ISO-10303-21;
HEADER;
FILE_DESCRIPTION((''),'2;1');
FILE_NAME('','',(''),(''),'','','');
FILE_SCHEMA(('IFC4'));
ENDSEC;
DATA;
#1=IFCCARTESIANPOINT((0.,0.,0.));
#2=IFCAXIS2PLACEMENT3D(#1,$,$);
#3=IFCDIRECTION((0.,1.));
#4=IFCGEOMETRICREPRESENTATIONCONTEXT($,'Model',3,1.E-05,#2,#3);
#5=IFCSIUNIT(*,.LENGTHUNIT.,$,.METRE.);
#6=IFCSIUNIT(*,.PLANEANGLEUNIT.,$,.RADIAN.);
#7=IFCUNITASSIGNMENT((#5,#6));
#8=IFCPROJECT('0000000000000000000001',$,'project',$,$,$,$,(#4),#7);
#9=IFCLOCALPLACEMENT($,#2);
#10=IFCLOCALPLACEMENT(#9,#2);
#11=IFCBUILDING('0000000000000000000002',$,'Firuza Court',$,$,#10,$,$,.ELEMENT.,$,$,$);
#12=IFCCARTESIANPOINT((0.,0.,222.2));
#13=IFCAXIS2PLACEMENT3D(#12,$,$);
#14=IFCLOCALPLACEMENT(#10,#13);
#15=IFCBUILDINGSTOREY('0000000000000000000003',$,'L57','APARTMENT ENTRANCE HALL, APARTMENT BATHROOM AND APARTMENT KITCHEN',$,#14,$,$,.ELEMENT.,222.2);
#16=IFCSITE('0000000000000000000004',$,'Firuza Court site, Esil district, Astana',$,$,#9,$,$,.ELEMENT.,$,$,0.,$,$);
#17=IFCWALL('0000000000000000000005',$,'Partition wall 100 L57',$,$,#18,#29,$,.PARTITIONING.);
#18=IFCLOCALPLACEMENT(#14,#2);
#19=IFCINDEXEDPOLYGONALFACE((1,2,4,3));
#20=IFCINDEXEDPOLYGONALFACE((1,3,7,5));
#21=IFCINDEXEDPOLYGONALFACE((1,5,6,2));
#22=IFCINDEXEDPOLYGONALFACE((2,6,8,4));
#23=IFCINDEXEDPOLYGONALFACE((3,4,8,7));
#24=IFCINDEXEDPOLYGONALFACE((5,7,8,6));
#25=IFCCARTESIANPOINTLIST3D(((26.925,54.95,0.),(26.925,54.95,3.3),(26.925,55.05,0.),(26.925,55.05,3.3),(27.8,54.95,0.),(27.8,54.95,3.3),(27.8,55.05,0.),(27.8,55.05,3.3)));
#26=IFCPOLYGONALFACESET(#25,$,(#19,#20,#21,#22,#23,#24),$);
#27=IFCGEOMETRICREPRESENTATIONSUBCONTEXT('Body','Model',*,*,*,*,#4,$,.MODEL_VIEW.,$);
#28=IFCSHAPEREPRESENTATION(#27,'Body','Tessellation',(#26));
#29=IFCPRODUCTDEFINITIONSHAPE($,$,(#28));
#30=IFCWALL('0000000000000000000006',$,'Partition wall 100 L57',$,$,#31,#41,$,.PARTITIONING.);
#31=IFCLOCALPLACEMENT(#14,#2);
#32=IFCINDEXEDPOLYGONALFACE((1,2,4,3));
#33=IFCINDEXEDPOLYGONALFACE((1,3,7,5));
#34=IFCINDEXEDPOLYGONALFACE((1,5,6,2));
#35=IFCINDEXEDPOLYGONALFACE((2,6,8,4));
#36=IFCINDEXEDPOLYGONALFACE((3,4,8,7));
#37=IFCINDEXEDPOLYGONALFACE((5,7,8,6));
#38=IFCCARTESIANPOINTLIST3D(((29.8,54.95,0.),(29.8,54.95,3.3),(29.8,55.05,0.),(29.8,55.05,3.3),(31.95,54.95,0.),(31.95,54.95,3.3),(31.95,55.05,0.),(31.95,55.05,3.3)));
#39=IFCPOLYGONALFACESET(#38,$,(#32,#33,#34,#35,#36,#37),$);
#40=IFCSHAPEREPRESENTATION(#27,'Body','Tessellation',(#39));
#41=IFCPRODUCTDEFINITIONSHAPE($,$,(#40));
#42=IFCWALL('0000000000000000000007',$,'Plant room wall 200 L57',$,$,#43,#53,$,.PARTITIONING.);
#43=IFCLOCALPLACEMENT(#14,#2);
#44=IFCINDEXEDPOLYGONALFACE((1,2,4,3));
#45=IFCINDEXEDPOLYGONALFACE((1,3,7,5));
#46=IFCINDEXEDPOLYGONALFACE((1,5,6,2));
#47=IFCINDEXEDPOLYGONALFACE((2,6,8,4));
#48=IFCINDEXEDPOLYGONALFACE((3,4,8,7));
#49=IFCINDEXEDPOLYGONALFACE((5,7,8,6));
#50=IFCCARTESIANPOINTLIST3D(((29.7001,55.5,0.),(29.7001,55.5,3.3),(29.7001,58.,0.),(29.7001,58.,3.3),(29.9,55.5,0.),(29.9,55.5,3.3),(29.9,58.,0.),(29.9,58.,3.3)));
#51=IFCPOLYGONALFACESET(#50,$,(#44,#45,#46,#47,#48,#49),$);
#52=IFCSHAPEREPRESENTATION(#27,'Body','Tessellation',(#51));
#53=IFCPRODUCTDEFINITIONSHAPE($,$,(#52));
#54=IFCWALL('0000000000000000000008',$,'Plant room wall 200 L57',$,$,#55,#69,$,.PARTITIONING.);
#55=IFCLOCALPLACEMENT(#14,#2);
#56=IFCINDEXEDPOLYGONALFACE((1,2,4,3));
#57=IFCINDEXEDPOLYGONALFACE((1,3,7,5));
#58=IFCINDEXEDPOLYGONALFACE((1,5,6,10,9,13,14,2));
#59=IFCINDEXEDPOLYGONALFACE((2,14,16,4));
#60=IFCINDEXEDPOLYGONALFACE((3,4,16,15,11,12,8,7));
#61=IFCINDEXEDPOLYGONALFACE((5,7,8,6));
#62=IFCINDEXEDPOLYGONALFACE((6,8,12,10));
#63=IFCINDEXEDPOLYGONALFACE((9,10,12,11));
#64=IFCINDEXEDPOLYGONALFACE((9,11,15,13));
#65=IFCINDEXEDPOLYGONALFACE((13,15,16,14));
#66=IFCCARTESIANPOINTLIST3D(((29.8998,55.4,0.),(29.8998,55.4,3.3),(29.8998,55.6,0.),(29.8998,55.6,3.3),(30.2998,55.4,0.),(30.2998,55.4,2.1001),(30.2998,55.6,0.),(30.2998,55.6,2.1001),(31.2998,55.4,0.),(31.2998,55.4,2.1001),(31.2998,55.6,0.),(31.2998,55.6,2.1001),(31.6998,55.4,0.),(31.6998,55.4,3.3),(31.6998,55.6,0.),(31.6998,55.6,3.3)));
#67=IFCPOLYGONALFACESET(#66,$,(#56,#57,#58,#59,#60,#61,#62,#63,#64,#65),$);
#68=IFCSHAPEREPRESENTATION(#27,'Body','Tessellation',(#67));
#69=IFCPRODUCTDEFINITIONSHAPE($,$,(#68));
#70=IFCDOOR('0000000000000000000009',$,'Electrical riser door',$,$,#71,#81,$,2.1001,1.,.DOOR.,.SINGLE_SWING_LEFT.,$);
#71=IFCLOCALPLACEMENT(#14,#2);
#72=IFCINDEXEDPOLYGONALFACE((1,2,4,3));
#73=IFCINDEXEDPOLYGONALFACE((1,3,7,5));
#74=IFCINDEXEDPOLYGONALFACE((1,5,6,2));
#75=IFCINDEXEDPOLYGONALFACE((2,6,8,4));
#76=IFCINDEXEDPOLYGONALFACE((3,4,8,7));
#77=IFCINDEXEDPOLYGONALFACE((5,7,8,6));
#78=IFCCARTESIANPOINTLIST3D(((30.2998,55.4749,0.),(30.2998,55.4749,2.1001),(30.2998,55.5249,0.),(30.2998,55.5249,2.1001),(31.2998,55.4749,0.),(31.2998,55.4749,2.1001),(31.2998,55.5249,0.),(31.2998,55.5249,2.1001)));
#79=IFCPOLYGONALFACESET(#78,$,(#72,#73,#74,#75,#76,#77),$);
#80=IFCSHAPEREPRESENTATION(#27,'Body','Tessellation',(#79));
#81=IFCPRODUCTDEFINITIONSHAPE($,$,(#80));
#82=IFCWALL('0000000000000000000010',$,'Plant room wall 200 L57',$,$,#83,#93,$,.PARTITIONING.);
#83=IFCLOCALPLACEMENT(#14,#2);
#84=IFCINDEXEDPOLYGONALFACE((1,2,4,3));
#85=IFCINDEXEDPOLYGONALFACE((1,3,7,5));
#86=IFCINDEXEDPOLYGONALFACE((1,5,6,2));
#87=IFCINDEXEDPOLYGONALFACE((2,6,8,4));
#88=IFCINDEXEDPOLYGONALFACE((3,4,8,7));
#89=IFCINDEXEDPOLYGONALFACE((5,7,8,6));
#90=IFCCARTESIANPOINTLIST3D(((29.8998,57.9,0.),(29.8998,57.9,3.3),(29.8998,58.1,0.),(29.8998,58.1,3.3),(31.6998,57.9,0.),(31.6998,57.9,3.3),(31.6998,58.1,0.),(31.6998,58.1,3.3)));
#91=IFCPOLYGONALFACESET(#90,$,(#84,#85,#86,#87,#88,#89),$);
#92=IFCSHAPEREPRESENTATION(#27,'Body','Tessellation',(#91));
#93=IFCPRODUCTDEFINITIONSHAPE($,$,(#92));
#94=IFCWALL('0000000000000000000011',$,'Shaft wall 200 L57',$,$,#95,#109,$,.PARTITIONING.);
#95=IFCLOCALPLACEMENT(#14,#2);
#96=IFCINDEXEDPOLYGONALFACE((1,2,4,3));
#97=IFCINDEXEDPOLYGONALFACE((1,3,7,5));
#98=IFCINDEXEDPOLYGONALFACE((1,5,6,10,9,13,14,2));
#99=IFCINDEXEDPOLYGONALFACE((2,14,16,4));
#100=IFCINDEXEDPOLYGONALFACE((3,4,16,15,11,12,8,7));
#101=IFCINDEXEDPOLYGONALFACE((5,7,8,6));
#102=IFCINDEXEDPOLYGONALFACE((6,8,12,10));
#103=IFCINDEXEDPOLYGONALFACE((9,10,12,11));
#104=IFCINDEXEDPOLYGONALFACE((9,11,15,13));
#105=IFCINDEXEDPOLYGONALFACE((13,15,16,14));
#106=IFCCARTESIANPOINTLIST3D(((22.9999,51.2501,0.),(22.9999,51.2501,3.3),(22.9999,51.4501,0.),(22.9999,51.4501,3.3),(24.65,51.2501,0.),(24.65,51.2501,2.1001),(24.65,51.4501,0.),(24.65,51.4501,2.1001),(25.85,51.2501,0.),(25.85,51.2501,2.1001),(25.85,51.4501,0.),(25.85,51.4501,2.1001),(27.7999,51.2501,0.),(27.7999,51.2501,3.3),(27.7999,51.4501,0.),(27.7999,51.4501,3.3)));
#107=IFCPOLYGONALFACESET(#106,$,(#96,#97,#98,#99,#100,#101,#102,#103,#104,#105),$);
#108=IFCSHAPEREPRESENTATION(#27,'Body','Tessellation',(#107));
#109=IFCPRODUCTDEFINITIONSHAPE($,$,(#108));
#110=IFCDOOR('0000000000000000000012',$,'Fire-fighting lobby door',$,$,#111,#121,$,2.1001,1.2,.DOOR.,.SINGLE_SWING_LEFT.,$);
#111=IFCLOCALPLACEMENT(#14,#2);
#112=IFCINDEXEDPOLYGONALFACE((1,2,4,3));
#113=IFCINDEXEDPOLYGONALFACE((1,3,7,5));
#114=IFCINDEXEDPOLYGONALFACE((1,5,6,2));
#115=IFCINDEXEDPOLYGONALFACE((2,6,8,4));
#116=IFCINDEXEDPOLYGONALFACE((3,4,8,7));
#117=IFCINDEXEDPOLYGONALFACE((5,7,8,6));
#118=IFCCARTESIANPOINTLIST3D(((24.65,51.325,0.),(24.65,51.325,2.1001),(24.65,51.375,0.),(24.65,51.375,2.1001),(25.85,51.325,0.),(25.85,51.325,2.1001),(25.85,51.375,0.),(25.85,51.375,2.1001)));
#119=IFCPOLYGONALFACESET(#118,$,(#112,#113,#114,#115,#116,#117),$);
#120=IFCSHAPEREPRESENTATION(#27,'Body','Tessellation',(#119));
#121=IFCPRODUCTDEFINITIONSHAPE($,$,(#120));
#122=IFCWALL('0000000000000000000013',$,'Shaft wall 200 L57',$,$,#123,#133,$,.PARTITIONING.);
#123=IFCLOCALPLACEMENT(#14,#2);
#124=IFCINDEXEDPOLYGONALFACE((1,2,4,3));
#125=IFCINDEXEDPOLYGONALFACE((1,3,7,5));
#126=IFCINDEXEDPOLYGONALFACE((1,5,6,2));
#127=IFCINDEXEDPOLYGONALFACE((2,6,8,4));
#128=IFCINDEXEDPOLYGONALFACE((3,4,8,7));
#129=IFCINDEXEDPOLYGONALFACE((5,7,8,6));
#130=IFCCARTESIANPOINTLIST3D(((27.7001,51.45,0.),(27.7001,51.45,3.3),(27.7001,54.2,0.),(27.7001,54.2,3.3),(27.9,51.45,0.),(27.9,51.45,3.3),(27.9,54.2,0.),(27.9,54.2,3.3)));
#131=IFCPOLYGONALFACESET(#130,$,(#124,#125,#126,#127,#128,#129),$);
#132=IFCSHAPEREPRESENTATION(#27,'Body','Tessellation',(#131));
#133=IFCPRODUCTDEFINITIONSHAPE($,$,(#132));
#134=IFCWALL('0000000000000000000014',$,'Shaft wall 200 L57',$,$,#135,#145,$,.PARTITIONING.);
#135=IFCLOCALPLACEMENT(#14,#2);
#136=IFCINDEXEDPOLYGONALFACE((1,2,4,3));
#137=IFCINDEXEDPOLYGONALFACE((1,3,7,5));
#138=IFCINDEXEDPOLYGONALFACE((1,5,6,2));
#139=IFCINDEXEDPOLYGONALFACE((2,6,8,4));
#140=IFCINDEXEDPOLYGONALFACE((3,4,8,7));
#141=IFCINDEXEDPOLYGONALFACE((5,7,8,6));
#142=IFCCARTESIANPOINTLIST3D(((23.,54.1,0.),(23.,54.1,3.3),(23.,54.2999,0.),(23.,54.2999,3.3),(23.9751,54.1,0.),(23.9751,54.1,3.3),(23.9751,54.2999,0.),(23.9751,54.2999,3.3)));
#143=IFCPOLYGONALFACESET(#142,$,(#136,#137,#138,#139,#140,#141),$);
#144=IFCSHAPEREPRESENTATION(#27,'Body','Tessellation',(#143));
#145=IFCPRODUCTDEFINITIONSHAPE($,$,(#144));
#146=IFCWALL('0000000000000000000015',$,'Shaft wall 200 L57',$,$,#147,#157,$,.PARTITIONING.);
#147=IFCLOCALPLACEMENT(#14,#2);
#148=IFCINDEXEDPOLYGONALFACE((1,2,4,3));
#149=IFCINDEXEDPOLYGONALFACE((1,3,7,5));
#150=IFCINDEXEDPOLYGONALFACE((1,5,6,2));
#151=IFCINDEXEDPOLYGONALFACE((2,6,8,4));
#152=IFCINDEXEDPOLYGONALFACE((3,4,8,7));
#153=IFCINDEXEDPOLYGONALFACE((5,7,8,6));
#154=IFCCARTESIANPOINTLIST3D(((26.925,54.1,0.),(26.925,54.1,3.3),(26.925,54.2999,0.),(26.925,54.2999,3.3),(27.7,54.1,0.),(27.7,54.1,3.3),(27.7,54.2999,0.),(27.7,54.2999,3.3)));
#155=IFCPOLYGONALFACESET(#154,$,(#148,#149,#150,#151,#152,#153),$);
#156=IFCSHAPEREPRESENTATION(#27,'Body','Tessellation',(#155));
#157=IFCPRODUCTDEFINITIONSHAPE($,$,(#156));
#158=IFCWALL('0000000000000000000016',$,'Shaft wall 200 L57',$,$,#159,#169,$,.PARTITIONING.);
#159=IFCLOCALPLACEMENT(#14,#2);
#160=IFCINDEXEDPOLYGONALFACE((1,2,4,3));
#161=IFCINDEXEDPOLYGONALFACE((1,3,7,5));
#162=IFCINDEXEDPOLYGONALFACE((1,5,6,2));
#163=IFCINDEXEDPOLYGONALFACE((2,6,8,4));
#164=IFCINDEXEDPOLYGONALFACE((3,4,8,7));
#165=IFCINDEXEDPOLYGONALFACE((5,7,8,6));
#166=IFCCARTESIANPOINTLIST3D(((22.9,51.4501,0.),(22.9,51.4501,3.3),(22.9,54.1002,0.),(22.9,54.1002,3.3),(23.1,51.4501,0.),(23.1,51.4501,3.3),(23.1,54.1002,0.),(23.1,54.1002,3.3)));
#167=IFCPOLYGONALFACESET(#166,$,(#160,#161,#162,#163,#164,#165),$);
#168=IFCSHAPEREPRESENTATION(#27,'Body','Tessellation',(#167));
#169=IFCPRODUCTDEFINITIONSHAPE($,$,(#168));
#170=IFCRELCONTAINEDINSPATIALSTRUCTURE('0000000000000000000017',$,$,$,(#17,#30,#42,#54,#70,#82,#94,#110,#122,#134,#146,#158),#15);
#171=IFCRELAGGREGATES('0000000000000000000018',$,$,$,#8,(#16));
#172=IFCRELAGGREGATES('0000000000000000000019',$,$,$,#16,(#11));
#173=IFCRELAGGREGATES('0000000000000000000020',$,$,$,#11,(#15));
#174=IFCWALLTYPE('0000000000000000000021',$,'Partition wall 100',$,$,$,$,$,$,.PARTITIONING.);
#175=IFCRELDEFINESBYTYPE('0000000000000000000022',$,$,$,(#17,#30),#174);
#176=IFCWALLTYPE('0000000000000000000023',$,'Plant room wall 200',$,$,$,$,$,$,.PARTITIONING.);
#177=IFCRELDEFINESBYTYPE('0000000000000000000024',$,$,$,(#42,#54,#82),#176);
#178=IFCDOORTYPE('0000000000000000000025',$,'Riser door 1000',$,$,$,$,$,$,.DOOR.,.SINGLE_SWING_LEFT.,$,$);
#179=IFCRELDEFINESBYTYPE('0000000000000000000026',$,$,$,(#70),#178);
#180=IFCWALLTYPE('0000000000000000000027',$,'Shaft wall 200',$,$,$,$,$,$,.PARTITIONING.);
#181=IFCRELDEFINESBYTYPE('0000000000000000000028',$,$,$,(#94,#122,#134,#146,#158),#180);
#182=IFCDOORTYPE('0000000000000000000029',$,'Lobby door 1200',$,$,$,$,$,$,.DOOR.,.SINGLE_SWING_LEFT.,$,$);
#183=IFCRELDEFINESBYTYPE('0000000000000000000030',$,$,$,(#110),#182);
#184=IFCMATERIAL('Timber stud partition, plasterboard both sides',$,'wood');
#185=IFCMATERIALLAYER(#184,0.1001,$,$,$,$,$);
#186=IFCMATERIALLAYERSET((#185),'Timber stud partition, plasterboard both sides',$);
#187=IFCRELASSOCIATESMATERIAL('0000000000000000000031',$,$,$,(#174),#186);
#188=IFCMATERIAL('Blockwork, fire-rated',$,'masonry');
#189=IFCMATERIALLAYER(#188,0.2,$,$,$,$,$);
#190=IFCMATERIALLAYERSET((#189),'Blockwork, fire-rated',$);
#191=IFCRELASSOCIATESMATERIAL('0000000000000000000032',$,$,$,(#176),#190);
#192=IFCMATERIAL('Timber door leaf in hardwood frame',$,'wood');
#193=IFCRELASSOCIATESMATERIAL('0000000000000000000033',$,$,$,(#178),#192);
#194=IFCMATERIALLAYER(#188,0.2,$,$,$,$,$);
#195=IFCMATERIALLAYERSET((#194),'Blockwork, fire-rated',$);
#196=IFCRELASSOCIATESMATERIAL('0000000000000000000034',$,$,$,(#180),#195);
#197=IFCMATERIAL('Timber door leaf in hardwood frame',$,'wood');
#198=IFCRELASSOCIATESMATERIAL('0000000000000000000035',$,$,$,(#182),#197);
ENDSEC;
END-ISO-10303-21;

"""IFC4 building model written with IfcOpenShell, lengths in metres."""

from ifc_helpers import new_model, si_unit, direction, frame, frame_2d, origin, place, context, subcontext, project, spatial, rectangle, extrude, material, layer, layer_set, type_object, element, fill, save


model = new_model("IFC4")

# Units and contexts
model_context = context("Model", 3, precision=1e-05, world=origin(), true_north=direction((0.0, 1.0)))
body_context = subcontext(model_context, "Body", "Model", "MODEL_VIEW")
ifc_project = project(units=[si_unit("LENGTHUNIT", "METRE"), si_unit("PLANEANGLEUNIT", "RADIAN")], contexts=[model_context])

# Site, building, storey
site_placement = place(None, origin())
site = spatial("IfcSite", under=ifc_project, at=site_placement, Name="Firuza Court site, Esil district, Astana", CompositionType="ELEMENT", RefElevation=0.0)
building_placement = place(site_placement, origin())
building = spatial("IfcBuilding", under=site, at=building_placement, Name="Firuza Court", CompositionType="ELEMENT")
storey_placement = place(building_placement, frame((0.0, 0.0, 222.2)))
storey = spatial("IfcBuildingStorey", under=building, at=storey_placement, Name="L57", Description="APARTMENT ENTRANCE HALL, APARTMENT BATHROOM AND APARTMENT KITCHEN", CompositionType="ELEMENT", Elevation=222.2)

# Walls
ifc_material_1 = material(Name="Timber stud partition, plasterboard both sides", Category="wood")
ifc_layer_1 = layer(ifc_material_1, 0.1001)
ifc_layer_set_1 = layer_set([ifc_layer_1], Name="Timber stud partition, plasterboard both sides")
wall_type_1 = type_object("IfcWallType", Name="Partition wall 100", PredefinedType="PARTITIONING", material=ifc_layer_set_1)
wall_1_placement = place(storey_placement, frame((26.925, 55.0, 0.0), z_axis=(0.0, 0.0, 1.0), x_axis=(1.0, 0.0, 0.0)))
element("IfcWall", 1, at=wall_1_placement, inside=storey, type_object=wall_type_1, Name="Partition wall 100 L57", PredefinedType="PARTITIONING", context=body_context, shape_type="SweptSolid", body=[
    extrude(rectangle(XDim=0.875, YDim=0.1001, at=frame_2d((0.4375, 0.0))), origin(), (0.0, 0.0, 1.0), 3.3),
])
wall_2_placement = place(storey_placement, frame((29.8, 55.0, 0.0), z_axis=(0.0, 0.0, 1.0), x_axis=(1.0, 0.0, 0.0)))
element("IfcWall", 2, at=wall_2_placement, inside=storey, type_object=wall_type_1, Name="Partition wall 100 L57", PredefinedType="PARTITIONING", context=body_context, shape_type="SweptSolid", body=[
    extrude(rectangle(XDim=2.1499, YDim=0.1001, at=frame_2d((1.075, 0.0))), origin(), (0.0, 0.0, 1.0), 3.3),
])
ifc_material_2 = material(Name="Blockwork, fire-rated", Category="masonry")
ifc_layer_2 = layer(ifc_material_2, 0.2)
ifc_layer_set_2 = layer_set([ifc_layer_2], Name="Blockwork, fire-rated")
wall_type_2 = type_object("IfcWallType", Name="Plant room wall 200", PredefinedType="PARTITIONING", material=ifc_layer_set_2)
wall_3_placement = place(storey_placement, frame((29.8, 55.5, 0.0), z_axis=(0.0, 0.0, 1.0), x_axis=(0.0, 1.0, 0.0)))
element("IfcWall", 3, at=wall_3_placement, inside=storey, type_object=wall_type_2, Name="Plant room wall 200 L57", PredefinedType="PARTITIONING", context=body_context, shape_type="SweptSolid", body=[
    extrude(rectangle(XDim=2.5, YDim=0.2, at=frame_2d((1.25, 0.0))), origin(), (0.0, 0.0, 1.0), 3.3),
])

# Wall, opening, door
wall_4_placement = place(storey_placement, frame((29.8999, 55.5, 0.0), z_axis=(0.0, 0.0, 1.0), x_axis=(1.0, 0.0, 0.0)))
wall_4 = element("IfcWall", 4, at=wall_4_placement, inside=storey, type_object=wall_type_2, Name="Plant room wall 200 L57", PredefinedType="PARTITIONING", context=body_context, shape_type="SweptSolid", body=[
    extrude(rectangle(XDim=1.8, YDim=0.2, at=frame_2d((0.8999, 0.0))), origin(), (0.0, 0.0, 1.0), 3.3),
])
opening_1_placement = place(wall_4_placement, frame((0.3999, 0.0, 0.0)))
opening_1 = element("IfcOpeningElement", 5, at=opening_1_placement, cuts=wall_4, PredefinedType="OPENING", context=body_context, shape_type="SweptSolid", body=[
    extrude(rectangle(XDim=1.0, YDim=2.1001, at=frame_2d((0.5, 1.05))), frame((0.0, 0.1118, 0.0), z_axis=(0.0, -1.0, 0.0), x_axis=(1.0, 0.0, 0.0)), (0.0, 0.0, 1.0), 0.2239),
])
ifc_material_3 = material(Name="Timber door leaf in hardwood frame", Category="wood")
door_type_1 = type_object("IfcDoorType", Name="Riser door 1000", OperationType="SINGLE_SWING_LEFT", PredefinedType="DOOR", material=ifc_material_3)
door_1_placement = place(opening_1_placement, origin())
door_1 = element("IfcDoor", 6, at=door_1_placement, inside=storey, type_object=door_type_1, Name="Electrical riser door", OperationType="SINGLE_SWING_LEFT", OverallHeight=2.1001, OverallWidth=1.0, PredefinedType="DOOR", context=body_context, shape_type="SweptSolid", body=[
    extrude(rectangle(XDim=1.0, YDim=2.1001, at=frame_2d((0.5, 1.05))), frame((0.0, 0.0249, 0.0), z_axis=(0.0, -1.0, 0.0), x_axis=(1.0, 0.0, 0.0)), (0.0, 0.0, 1.0), 0.05),
])
fill(opening_1, door_1)

# Wall
wall_5_placement = place(storey_placement, frame((29.8999, 58.0, 0.0), z_axis=(0.0, 0.0, 1.0), x_axis=(1.0, 0.0, 0.0)))
element("IfcWall", 7, at=wall_5_placement, inside=storey, type_object=wall_type_2, Name="Plant room wall 200 L57", PredefinedType="PARTITIONING", context=body_context, shape_type="SweptSolid", body=[
    extrude(rectangle(XDim=1.8, YDim=0.2, at=frame_2d((0.8999, 0.0))), origin(), (0.0, 0.0, 1.0), 3.3),
])

# Wall, opening, door
ifc_layer_3 = layer(ifc_material_2, 0.2)
ifc_layer_set_3 = layer_set([ifc_layer_3], Name="Blockwork, fire-rated")
wall_type_3 = type_object("IfcWallType", Name="Shaft wall 200", PredefinedType="PARTITIONING", material=ifc_layer_set_3)
wall_6_placement = place(storey_placement, frame((23.0, 51.3501, 0.0), z_axis=(0.0, 0.0, 1.0), x_axis=(1.0, 0.0, 0.0)))
wall_6 = element("IfcWall", 8, at=wall_6_placement, inside=storey, type_object=wall_type_3, Name="Shaft wall 200 L57", PredefinedType="PARTITIONING", context=body_context, shape_type="SweptSolid", body=[
    extrude(rectangle(XDim=4.8, YDim=0.2, at=frame_2d((2.3999, 0.0))), origin(), (0.0, 0.0, 1.0), 3.3),
])
opening_2_placement = place(wall_6_placement, frame((1.6499, 0.0, 0.0)))
opening_2 = element("IfcOpeningElement", 9, at=opening_2_placement, cuts=wall_6, PredefinedType="OPENING", context=body_context, shape_type="SweptSolid", body=[
    extrude(rectangle(XDim=1.2, YDim=2.1001, at=frame_2d((0.6001, 1.05))), frame((0.0, 0.1118, 0.0), z_axis=(0.0, -1.0, 0.0), x_axis=(1.0, 0.0, 0.0)), (0.0, 0.0, 1.0), 0.2239),
])
ifc_material_4 = material(Name="Timber door leaf in hardwood frame", Category="wood")
door_type_2 = type_object("IfcDoorType", Name="Lobby door 1200", OperationType="SINGLE_SWING_LEFT", PredefinedType="DOOR", material=ifc_material_4)
door_2_placement = place(opening_2_placement, origin())
door_2 = element("IfcDoor", 10, at=door_2_placement, inside=storey, type_object=door_type_2, Name="Fire-fighting lobby door", OperationType="SINGLE_SWING_LEFT", OverallHeight=2.1001, OverallWidth=1.2, PredefinedType="DOOR", context=body_context, shape_type="SweptSolid", body=[
    extrude(rectangle(XDim=1.2, YDim=2.1001, at=frame_2d((0.6001, 1.05))), frame((0.0, 0.0249, 0.0), z_axis=(0.0, -1.0, 0.0), x_axis=(1.0, 0.0, 0.0)), (0.0, 0.0, 1.0), 0.05),
])
fill(opening_2, door_2)

# Walls
wall_7_placement = place(storey_placement, frame((27.8, 51.45, 0.0), z_axis=(0.0, 0.0, 1.0), x_axis=(0.0, 1.0, 0.0)))
element("IfcWall", 11, at=wall_7_placement, inside=storey, type_object=wall_type_3, Name="Shaft wall 200 L57", PredefinedType="PARTITIONING", context=body_context, shape_type="SweptSolid", body=[
    extrude(rectangle(XDim=2.75, YDim=0.2, at=frame_2d((1.375, 0.0))), origin(), (0.0, 0.0, 1.0), 3.3),
])
wall_8_placement = place(storey_placement, frame((23.0, 54.2, 0.0), z_axis=(0.0, 0.0, 1.0), x_axis=(1.0, 0.0, 0.0)))
element("IfcWall", 12, at=wall_8_placement, inside=storey, type_object=wall_type_3, Name="Shaft wall 200 L57", PredefinedType="PARTITIONING", context=body_context, shape_type="SweptSolid", body=[
    extrude(rectangle(XDim=0.9751, YDim=0.2, at=frame_2d((0.4875, 0.0))), origin(), (0.0, 0.0, 1.0), 3.3),
])
wall_9_placement = place(storey_placement, frame((26.925, 54.2, 0.0), z_axis=(0.0, 0.0, 1.0), x_axis=(1.0, 0.0, 0.0)))
element("IfcWall", 13, at=wall_9_placement, inside=storey, type_object=wall_type_3, Name="Shaft wall 200 L57", PredefinedType="PARTITIONING", context=body_context, shape_type="SweptSolid", body=[
    extrude(rectangle(XDim=0.7749, YDim=0.2, at=frame_2d((0.3875, 0.0))), origin(), (0.0, 0.0, 1.0), 3.3),
])
wall_10_placement = place(storey_placement, frame((23.0, 51.45, 0.0), z_axis=(0.0, 0.0, 1.0), x_axis=(0.0, 1.0, 0.0)))
element("IfcWall", 14, at=wall_10_placement, inside=storey, type_object=wall_type_3, Name="Shaft wall 200 L57", PredefinedType="PARTITIONING", context=body_context, shape_type="SweptSolid", body=[
    extrude(rectangle(XDim=2.6501, YDim=0.2, at=frame_2d((1.3252, 0.0))), origin(), (0.0, 0.0, 1.0), 3.3),
])

save(model, "model.ifc")
